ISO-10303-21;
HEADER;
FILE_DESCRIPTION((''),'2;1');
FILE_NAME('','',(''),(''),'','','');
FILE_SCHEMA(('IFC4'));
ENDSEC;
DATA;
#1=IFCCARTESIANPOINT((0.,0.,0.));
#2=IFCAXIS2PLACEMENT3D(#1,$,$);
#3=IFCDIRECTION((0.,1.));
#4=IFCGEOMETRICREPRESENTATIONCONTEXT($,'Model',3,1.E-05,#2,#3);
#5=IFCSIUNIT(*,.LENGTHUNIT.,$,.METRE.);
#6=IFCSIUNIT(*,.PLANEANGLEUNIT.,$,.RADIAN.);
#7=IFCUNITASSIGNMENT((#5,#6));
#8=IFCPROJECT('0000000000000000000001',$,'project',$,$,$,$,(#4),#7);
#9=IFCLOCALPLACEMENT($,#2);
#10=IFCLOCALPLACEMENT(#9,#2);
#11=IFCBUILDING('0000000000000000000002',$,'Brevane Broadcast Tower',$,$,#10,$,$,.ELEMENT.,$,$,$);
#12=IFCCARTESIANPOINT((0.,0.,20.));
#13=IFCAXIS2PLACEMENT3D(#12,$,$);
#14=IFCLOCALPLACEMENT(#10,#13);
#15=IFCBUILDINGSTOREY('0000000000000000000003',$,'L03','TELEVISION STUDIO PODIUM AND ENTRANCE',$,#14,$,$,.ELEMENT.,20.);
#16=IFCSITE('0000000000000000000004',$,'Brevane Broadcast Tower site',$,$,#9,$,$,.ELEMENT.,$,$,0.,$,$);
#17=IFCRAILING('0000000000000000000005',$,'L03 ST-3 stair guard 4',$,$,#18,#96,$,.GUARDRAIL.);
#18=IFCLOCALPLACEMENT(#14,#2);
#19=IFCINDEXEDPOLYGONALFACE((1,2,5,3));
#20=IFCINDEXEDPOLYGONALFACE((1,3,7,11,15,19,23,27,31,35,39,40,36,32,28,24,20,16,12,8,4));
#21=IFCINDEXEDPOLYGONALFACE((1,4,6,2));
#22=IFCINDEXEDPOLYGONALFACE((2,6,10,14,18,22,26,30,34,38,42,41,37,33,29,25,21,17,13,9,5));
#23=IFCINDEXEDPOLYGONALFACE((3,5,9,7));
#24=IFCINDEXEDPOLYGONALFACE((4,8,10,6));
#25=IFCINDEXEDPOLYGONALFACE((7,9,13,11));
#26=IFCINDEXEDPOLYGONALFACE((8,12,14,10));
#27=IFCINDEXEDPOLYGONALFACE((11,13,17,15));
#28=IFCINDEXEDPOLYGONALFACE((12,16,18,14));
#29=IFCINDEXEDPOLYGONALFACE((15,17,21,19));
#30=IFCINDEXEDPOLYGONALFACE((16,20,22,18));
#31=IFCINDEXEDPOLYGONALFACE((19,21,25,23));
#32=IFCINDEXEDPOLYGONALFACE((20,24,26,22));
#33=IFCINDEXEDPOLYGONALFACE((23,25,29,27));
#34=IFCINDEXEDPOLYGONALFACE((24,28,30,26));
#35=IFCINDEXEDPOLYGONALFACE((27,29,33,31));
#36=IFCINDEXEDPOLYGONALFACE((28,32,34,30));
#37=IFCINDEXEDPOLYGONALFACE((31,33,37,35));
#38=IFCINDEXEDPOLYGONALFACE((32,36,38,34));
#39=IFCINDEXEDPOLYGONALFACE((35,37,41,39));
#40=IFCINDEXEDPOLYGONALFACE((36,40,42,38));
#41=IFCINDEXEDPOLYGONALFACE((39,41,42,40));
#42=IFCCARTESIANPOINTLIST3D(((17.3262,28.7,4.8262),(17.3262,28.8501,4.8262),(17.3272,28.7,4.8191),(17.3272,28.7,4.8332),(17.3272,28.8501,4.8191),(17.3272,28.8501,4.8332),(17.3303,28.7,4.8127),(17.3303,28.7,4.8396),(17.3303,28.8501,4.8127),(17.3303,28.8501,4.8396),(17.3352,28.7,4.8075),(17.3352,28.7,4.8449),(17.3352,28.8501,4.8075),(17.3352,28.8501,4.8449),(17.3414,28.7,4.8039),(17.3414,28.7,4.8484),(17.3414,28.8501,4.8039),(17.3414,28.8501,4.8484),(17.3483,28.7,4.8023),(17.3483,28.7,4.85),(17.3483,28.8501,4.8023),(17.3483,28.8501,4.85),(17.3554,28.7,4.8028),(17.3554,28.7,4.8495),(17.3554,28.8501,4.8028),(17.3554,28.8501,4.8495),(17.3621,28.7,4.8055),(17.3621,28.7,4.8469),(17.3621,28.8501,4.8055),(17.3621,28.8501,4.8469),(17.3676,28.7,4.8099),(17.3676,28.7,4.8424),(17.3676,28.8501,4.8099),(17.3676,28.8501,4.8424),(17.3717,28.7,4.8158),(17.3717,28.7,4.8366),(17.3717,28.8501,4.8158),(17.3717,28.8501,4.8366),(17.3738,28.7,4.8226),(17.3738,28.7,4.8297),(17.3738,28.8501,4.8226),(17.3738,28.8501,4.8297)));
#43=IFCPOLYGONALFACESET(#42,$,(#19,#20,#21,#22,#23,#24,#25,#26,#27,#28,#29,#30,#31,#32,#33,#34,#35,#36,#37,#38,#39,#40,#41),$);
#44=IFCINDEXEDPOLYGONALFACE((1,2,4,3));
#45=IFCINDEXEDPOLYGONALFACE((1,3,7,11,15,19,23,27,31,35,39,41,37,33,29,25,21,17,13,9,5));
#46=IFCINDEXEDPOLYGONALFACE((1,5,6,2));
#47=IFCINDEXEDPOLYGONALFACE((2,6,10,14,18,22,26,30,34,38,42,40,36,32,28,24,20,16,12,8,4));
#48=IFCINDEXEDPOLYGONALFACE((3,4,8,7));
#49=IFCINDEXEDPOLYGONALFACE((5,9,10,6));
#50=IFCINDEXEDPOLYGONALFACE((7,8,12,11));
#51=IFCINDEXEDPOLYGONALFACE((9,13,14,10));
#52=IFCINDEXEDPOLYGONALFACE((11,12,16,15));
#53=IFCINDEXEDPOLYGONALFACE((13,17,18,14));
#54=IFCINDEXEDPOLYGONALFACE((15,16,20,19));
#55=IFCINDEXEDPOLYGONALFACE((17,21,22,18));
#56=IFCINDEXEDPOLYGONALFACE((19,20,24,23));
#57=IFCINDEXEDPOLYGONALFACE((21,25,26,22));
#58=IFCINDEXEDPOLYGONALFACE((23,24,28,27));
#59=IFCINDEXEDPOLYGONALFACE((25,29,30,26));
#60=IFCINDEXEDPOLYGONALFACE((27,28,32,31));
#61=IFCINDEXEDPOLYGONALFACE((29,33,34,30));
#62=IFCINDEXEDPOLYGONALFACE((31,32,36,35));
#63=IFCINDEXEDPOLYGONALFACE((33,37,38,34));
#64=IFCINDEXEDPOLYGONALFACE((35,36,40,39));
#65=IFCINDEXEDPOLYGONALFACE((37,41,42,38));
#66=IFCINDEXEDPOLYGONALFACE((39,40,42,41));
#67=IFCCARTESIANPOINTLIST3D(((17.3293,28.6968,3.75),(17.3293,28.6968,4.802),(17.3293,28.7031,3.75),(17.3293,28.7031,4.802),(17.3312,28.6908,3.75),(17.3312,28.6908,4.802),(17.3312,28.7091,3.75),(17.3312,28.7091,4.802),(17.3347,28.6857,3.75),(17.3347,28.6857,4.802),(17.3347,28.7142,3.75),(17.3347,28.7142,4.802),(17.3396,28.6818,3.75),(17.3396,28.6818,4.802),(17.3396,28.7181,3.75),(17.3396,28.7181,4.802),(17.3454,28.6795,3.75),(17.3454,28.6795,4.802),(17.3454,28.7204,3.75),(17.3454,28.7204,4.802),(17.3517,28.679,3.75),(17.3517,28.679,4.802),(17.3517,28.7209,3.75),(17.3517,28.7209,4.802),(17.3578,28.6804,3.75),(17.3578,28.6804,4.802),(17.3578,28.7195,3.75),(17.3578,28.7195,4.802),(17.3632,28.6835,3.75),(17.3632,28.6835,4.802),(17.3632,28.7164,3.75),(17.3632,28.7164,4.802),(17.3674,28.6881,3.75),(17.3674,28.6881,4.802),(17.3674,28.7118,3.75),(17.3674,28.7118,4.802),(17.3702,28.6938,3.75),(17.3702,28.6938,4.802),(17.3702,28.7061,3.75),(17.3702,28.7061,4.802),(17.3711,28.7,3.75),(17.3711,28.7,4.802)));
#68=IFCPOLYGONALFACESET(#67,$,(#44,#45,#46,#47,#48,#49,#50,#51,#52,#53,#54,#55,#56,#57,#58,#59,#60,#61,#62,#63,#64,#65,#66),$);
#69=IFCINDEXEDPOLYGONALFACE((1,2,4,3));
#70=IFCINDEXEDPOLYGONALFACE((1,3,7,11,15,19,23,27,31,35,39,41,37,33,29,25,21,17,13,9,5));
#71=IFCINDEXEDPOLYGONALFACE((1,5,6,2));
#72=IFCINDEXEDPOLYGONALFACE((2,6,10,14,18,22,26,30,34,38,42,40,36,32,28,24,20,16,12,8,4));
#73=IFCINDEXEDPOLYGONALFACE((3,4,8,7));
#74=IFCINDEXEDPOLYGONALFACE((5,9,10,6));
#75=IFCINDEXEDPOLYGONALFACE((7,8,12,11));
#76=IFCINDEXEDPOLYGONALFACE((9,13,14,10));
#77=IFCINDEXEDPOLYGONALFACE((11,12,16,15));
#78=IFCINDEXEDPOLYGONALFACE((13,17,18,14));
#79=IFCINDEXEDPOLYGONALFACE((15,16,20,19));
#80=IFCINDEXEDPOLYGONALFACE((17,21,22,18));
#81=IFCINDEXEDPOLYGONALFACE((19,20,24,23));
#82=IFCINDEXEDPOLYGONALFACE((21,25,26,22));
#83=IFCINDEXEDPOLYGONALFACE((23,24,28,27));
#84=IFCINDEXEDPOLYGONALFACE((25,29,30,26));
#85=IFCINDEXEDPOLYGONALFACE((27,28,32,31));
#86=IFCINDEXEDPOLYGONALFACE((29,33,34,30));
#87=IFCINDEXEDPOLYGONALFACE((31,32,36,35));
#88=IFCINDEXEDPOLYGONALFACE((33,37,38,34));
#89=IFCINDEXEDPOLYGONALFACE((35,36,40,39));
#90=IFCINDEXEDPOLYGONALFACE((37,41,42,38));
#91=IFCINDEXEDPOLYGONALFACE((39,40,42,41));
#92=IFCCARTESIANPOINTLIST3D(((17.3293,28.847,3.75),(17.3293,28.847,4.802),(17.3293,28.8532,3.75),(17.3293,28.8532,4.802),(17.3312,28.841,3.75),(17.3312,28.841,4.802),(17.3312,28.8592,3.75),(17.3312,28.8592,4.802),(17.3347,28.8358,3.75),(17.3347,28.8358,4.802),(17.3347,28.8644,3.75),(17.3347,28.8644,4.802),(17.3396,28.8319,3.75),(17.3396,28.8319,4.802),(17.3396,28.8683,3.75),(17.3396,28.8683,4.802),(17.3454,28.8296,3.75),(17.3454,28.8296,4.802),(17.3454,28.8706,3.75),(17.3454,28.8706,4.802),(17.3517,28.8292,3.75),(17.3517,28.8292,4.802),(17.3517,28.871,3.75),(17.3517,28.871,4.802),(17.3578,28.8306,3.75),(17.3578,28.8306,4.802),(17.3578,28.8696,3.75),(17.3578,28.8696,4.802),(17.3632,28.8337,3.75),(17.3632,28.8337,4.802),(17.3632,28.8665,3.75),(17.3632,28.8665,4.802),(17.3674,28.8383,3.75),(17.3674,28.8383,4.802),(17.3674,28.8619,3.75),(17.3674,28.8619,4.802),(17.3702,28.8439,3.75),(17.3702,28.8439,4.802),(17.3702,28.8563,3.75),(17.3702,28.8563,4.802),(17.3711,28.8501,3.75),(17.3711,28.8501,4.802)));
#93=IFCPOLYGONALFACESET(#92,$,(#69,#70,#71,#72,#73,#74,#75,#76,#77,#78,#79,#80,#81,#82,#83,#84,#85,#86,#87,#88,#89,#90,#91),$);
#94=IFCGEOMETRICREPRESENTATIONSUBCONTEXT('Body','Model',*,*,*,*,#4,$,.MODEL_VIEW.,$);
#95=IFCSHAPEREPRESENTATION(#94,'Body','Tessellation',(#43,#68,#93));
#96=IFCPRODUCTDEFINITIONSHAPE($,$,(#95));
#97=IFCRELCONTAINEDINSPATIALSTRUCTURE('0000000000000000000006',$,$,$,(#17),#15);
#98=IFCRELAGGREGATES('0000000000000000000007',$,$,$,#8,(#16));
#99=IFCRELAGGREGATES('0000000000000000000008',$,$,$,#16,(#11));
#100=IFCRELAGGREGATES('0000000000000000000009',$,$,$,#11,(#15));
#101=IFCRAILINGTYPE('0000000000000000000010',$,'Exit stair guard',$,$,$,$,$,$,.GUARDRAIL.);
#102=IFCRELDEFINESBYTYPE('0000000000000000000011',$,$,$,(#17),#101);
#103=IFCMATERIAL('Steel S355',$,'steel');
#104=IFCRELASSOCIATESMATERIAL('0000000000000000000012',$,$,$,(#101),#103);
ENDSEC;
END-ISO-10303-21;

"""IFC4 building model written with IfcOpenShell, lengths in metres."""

from ifc_helpers import new_model, si_unit, direction, frame, origin, origin_2d, place, context, subcontext, project, spatial, circle, extrude, material, type_object, element, save


model = new_model("IFC4")

# Units and contexts
model_context = context("Model", 3, precision=1e-05, world=origin(), true_north=direction((0.0, 1.0)))
body_context = subcontext(model_context, "Body", "Model", "MODEL_VIEW")
ifc_project = project(units=[si_unit("LENGTHUNIT", "METRE"), si_unit("PLANEANGLEUNIT", "RADIAN")], contexts=[model_context])

# Site, building, storey
site_placement = place(None, origin())
site = spatial("IfcSite", under=ifc_project, at=site_placement, Name="Brevane Broadcast Tower site", CompositionType="ELEMENT", RefElevation=0.0)
building_placement = place(site_placement, origin())
building = spatial("IfcBuilding", under=site, at=building_placement, Name="Brevane Broadcast Tower", CompositionType="ELEMENT")
storey_placement = place(building_placement, frame((0.0, 0.0, 20.0)))
storey = spatial("IfcBuildingStorey", under=building, at=storey_placement, Name="L03", Description="TELEVISION STUDIO PODIUM AND ENTRANCE", CompositionType="ELEMENT", Elevation=20.0)

# Railing
ifc_material_1 = material(Name="Steel S355", Category="steel")
railing_type_1 = type_object("IfcRailingType", Name="Exit stair guard", PredefinedType="GUARDRAIL", material=ifc_material_1)
railing_1_placement = place(storey_placement, frame((17.3501, 28.7, 3.75)))
element("IfcRailing", 1, at=railing_1_placement, inside=storey, type_object=railing_type_1, Name="L03 ST-3 stair guard 4", PredefinedType="GUARDRAIL", context=body_context, shape_type="SweptSolid", body=[
    extrude(circle(Radius=0.0239, at=origin_2d()), frame((0.0, 0.0, 1.0762), z_axis=(0.0, 1.0, 0.0), x_axis=(-1.0, 0.0, 0.0)), (0.0, 0.0, 1.0), 0.1501),
    extrude(circle(Radius=0.021, at=origin_2d()), origin(), (0.0, 0.0, 1.0), 1.052),
    extrude(circle(Radius=0.021, at=origin_2d()), frame((0.0, 0.1501, 0.0)), (0.0, 0.0, 1.0), 1.052),
])

save(model, "model.ifc")
